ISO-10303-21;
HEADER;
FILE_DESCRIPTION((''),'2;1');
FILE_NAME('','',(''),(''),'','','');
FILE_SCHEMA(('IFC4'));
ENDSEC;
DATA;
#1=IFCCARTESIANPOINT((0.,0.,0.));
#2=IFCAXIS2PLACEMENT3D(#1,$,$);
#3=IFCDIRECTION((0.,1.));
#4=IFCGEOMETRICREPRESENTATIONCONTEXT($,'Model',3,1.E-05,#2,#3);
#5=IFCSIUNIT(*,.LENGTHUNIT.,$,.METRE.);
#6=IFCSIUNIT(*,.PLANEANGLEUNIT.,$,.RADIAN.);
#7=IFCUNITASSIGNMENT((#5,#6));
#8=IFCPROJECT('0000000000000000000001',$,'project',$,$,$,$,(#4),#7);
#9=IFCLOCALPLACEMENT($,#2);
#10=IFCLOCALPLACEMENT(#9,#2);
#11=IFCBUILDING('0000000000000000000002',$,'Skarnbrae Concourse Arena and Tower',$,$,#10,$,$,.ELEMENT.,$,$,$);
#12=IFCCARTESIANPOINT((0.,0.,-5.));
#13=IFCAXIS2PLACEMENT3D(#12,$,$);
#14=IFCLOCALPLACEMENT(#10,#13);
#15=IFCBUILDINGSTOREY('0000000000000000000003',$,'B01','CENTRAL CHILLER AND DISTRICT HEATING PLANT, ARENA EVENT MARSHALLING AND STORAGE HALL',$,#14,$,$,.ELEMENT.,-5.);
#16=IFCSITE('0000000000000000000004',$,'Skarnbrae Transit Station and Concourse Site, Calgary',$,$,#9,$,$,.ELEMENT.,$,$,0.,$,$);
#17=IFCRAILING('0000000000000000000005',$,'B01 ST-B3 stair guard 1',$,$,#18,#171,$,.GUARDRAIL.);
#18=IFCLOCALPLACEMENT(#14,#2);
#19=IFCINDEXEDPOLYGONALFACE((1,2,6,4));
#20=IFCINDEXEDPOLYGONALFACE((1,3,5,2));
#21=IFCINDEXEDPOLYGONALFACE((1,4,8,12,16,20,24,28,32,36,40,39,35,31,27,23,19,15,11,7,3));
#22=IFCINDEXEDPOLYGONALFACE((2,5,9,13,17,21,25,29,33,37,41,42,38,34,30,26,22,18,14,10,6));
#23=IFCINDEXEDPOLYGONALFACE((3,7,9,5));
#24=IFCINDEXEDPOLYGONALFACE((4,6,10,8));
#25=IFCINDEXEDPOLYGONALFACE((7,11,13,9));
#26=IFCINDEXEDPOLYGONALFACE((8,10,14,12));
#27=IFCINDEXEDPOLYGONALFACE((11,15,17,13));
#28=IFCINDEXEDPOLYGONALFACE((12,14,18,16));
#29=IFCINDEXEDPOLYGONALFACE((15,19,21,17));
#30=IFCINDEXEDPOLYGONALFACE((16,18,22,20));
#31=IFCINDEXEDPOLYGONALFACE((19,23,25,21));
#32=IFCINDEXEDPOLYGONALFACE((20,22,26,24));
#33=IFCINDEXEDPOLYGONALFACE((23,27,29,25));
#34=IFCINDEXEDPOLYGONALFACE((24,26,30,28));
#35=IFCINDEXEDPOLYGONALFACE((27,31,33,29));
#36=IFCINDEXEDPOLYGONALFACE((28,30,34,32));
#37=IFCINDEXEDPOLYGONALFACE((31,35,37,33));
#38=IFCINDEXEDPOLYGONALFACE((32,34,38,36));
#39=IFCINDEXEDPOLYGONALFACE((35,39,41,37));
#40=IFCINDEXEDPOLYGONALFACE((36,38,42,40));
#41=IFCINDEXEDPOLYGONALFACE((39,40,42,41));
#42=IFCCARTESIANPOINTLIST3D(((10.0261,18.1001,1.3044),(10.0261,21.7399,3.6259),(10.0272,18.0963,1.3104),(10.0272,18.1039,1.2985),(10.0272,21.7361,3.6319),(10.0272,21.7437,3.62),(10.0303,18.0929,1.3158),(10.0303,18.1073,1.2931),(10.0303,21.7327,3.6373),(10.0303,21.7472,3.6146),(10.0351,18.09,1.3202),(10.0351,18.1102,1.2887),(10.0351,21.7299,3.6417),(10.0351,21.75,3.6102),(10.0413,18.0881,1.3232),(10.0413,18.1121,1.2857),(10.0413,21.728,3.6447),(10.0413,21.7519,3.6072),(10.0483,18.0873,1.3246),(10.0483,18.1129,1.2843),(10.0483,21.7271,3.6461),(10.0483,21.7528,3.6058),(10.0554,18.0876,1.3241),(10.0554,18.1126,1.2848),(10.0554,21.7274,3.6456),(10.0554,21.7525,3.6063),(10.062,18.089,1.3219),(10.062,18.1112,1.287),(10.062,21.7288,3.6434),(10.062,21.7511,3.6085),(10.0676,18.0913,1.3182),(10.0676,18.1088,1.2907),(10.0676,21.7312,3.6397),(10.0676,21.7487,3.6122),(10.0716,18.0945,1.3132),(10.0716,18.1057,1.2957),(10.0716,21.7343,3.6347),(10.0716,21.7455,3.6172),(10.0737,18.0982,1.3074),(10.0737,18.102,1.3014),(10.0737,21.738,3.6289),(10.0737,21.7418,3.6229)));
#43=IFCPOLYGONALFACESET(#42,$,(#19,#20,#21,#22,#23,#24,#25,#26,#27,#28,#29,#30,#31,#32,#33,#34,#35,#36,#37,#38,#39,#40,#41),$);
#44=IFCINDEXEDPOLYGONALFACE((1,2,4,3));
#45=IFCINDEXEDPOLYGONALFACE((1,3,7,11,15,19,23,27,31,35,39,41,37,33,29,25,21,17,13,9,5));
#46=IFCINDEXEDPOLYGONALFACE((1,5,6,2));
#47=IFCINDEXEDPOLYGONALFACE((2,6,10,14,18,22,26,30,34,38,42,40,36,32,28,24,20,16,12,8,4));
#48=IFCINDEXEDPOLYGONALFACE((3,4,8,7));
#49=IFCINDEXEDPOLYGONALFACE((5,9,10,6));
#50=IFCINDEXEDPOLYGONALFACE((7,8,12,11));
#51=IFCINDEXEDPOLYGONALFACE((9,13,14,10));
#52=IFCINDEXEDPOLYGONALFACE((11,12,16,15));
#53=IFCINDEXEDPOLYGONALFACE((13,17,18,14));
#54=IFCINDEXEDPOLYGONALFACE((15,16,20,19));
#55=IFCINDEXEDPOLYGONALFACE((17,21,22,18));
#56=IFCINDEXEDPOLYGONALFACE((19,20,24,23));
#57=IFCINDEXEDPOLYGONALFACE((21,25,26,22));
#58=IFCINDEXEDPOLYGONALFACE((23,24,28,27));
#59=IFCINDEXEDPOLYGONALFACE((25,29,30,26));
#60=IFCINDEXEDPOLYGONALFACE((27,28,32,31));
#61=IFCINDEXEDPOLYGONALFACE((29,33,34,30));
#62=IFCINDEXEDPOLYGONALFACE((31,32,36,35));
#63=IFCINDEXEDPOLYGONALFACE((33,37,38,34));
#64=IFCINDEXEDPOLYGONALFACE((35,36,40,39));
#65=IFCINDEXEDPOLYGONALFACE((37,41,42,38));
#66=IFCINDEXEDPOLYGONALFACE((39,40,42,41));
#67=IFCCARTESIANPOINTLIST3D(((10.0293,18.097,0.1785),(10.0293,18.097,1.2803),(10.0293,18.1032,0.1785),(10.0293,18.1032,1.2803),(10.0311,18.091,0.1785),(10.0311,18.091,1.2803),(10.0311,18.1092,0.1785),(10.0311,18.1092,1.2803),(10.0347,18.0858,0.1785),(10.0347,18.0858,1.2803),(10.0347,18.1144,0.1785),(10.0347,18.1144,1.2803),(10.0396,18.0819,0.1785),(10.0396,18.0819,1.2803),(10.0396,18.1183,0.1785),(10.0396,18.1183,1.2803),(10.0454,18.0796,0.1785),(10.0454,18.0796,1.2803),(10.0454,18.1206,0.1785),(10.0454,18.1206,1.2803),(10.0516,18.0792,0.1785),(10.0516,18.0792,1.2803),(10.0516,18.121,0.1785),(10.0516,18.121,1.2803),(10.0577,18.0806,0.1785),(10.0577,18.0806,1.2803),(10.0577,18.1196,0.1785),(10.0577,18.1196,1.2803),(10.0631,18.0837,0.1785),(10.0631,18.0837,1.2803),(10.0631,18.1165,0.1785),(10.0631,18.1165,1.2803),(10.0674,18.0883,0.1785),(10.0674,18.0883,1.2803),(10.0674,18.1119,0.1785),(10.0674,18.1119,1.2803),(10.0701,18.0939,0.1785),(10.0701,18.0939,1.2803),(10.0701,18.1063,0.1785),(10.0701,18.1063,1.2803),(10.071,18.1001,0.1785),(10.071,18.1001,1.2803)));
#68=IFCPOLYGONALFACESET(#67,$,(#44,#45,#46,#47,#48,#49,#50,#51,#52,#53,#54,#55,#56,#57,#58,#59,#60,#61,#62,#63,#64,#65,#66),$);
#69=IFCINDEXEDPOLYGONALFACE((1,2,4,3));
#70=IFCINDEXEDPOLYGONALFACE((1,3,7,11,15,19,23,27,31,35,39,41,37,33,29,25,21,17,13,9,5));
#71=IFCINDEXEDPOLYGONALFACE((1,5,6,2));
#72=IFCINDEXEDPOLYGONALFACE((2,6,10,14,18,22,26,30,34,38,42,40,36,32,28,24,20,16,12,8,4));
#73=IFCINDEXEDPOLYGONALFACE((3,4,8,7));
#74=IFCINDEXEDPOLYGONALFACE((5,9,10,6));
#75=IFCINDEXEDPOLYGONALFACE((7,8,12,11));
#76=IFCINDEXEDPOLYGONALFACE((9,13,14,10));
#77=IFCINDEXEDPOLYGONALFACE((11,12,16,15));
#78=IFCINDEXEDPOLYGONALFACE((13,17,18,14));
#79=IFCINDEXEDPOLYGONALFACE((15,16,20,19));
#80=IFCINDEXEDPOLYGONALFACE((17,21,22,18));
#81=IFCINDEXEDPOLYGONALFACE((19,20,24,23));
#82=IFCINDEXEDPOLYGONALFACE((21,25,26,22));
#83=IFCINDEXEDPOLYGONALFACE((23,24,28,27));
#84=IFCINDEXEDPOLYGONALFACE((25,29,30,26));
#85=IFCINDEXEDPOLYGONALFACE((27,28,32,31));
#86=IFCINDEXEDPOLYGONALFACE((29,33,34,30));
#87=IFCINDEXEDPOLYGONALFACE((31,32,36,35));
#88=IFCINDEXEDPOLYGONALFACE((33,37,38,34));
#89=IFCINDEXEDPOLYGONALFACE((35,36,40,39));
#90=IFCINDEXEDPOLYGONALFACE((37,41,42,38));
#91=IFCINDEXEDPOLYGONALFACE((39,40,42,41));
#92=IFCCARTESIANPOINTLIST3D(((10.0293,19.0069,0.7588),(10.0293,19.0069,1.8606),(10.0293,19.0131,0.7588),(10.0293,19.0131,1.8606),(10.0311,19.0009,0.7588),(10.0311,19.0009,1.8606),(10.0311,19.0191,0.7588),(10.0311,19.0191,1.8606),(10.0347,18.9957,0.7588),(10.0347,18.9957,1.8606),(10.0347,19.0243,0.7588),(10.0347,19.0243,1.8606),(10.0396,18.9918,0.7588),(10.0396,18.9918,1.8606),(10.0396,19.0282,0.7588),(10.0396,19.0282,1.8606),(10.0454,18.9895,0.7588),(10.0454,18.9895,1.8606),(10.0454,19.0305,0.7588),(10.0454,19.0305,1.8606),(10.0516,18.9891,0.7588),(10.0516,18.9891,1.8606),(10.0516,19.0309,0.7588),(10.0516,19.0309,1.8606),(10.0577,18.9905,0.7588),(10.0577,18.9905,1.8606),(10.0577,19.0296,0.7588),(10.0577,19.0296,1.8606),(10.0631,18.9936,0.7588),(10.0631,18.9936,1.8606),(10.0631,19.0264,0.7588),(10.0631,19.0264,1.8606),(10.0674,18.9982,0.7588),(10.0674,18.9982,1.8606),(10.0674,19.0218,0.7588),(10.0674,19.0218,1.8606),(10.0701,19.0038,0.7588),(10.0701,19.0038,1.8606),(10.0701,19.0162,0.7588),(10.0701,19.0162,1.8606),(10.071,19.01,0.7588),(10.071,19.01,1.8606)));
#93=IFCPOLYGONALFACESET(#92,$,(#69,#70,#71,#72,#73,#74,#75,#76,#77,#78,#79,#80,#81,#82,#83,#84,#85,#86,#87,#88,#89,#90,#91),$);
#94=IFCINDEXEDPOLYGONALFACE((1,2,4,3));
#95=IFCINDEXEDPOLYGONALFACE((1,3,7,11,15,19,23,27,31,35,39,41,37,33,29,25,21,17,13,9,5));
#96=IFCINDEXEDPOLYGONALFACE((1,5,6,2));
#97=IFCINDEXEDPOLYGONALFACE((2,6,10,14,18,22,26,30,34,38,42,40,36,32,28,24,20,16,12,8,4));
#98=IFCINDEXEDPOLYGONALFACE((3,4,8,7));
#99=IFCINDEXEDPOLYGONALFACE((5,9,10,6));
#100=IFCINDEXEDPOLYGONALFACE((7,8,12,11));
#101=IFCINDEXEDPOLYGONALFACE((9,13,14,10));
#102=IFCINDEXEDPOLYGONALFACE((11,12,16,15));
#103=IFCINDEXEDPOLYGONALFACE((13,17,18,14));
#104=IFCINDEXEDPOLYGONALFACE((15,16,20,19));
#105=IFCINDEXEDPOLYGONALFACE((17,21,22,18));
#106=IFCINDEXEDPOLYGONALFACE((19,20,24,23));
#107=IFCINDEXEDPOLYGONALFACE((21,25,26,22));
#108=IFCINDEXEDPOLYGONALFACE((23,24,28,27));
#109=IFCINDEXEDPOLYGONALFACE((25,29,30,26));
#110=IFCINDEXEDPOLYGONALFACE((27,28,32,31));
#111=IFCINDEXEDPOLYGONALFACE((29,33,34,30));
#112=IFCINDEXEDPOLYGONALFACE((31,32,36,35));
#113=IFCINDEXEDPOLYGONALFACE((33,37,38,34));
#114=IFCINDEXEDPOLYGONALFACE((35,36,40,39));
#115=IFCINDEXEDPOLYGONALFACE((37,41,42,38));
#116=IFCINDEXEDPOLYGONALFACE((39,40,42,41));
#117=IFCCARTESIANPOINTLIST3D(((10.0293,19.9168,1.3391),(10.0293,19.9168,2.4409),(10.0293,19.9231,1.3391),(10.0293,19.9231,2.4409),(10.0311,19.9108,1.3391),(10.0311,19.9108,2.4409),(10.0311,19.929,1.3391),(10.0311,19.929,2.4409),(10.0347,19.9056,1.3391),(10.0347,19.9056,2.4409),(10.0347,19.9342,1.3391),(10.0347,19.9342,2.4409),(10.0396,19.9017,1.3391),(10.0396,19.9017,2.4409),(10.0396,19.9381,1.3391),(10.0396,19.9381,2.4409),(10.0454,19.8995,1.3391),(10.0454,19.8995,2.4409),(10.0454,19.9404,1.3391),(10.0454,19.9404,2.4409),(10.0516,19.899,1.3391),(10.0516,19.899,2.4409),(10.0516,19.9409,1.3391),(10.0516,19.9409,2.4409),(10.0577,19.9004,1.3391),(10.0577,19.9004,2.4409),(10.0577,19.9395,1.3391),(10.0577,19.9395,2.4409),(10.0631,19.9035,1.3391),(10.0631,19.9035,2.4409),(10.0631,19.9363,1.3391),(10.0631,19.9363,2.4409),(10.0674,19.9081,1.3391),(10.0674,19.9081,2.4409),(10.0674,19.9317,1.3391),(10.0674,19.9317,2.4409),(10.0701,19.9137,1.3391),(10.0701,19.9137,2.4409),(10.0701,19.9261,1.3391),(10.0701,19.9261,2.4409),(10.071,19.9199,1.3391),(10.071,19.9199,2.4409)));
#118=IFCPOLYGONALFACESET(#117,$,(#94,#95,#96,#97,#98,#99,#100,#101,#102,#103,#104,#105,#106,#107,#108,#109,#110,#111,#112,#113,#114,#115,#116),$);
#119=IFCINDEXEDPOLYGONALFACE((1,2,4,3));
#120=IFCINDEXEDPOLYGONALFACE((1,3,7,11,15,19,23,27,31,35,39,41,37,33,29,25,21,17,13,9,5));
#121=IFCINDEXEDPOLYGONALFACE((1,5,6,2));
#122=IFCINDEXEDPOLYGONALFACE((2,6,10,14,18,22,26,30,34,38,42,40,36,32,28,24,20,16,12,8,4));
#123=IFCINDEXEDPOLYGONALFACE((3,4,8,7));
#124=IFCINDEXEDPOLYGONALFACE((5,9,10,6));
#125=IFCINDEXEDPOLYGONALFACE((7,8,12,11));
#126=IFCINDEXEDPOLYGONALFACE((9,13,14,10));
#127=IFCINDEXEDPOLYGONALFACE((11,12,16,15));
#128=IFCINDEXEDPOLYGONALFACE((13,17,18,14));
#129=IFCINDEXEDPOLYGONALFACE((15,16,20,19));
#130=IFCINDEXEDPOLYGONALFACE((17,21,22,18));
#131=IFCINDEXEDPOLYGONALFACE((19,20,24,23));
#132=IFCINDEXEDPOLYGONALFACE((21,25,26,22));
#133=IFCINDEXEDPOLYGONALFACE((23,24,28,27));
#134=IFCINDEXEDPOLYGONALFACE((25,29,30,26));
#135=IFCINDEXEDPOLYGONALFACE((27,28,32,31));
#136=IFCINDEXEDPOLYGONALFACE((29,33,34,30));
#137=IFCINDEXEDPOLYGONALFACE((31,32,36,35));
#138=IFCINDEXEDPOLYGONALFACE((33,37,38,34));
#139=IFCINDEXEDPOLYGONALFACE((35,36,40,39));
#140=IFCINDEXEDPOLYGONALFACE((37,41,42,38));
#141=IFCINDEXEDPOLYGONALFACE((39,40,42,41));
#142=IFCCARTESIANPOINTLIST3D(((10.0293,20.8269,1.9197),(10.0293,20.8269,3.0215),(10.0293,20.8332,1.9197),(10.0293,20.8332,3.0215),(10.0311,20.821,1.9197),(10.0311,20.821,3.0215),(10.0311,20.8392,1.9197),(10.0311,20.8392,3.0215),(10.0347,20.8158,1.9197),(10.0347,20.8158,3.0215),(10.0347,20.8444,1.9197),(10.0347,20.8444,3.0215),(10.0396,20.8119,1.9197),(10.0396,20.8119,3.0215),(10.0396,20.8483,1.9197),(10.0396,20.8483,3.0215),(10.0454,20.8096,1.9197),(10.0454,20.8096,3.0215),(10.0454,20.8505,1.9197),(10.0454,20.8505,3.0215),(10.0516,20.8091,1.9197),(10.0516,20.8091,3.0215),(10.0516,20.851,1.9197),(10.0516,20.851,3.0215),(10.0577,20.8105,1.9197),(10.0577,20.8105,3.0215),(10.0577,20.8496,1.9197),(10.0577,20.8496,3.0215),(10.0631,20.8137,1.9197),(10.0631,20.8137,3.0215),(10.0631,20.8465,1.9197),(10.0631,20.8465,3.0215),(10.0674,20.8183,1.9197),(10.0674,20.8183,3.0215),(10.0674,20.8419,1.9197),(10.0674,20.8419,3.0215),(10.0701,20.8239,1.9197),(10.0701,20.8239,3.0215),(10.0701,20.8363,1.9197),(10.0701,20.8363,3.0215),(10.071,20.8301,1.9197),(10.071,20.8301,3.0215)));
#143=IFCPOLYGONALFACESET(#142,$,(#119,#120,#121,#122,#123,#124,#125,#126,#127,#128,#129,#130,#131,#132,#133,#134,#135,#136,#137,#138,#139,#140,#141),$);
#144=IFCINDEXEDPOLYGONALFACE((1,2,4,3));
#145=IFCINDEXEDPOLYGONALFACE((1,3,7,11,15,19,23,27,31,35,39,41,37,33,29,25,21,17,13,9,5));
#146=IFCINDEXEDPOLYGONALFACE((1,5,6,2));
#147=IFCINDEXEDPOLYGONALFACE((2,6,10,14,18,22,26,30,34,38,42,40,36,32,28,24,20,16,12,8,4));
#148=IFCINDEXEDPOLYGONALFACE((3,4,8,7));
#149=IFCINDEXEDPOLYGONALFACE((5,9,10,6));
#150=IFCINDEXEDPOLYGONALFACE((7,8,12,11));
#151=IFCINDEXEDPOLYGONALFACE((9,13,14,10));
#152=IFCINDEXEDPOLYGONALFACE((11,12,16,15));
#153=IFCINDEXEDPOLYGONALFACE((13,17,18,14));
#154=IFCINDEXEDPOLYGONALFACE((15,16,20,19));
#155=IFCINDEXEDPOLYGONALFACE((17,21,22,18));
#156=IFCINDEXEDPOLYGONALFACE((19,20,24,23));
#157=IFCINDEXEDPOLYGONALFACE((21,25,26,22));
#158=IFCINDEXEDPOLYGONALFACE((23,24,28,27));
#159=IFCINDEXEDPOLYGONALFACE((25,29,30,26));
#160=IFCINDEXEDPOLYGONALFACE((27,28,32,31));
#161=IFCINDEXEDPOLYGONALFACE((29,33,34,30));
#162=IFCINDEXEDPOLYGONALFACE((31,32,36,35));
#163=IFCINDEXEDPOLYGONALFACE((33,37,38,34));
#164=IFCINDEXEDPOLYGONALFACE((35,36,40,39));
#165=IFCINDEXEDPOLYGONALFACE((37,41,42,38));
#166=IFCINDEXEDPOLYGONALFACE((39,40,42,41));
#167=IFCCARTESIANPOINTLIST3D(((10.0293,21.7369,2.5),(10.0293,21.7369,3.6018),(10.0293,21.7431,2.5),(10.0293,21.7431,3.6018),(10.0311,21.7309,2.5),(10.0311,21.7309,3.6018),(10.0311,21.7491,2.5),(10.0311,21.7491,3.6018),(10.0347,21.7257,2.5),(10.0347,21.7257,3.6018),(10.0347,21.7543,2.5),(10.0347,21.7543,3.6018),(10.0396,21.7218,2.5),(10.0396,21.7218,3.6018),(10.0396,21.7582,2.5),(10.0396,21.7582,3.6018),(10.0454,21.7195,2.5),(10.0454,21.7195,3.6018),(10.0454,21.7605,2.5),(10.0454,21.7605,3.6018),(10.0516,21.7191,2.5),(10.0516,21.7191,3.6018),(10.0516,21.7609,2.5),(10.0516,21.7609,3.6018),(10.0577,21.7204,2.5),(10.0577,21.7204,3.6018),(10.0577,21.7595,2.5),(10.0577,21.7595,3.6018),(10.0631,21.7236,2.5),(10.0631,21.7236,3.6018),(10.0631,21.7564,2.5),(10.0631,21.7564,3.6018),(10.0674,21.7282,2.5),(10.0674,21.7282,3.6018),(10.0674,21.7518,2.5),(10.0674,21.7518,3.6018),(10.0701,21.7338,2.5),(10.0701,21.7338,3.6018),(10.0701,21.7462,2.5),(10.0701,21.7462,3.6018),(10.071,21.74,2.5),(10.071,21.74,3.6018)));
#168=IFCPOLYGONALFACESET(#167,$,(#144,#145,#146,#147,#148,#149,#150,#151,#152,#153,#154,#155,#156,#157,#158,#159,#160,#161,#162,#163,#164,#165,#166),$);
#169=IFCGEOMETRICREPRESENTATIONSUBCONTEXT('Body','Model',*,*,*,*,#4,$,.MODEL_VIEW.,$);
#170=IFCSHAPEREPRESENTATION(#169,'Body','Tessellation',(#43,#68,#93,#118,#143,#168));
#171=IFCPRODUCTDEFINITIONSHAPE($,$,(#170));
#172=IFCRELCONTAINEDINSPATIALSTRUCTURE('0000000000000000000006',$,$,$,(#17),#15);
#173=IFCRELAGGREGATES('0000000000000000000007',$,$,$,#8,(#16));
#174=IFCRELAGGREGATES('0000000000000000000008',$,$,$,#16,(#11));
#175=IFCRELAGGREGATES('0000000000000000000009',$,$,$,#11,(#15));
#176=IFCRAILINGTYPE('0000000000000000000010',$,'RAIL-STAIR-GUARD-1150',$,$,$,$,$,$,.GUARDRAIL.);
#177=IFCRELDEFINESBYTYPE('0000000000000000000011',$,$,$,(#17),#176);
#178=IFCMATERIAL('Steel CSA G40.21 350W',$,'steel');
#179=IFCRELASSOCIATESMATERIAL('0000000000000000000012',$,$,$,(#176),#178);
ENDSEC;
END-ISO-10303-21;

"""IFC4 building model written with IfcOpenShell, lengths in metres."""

from ifc_helpers import new_model, si_unit, direction, frame, origin, origin_2d, place, context, subcontext, project, spatial, circle, extrude, material, type_object, element, save


model = new_model("IFC4")

# Units and contexts
model_context = context("Model", 3, precision=1e-05, world=origin(), true_north=direction((0.0, 1.0)))
body_context = subcontext(model_context, "Body", "Model", "MODEL_VIEW")
ifc_project = project(units=[si_unit("LENGTHUNIT", "METRE"), si_unit("PLANEANGLEUNIT", "RADIAN")], contexts=[model_context])

# Site, building, storey
site_placement = place(None, origin())
site = spatial("IfcSite", under=ifc_project, at=site_placement, Name="Skarnbrae Transit Station and Concourse Site, Calgary", CompositionType="ELEMENT", RefElevation=0.0)
building_placement = place(site_placement, origin())
building = spatial("IfcBuilding", under=site, at=building_placement, Name="Skarnbrae Concourse Arena and Tower", CompositionType="ELEMENT")
storey_placement = place(building_placement, frame((0.0, 0.0, -5.0)))
storey = spatial("IfcBuildingStorey", under=building, at=storey_placement, Name="B01", Description="CENTRAL CHILLER AND DISTRICT HEATING PLANT, ARENA EVENT MARSHALLING AND STORAGE HALL", CompositionType="ELEMENT", Elevation=-5.0)

# Shared definitions
ifc_material_1 = material(Name="Steel CSA G40.21 350W", Category="steel")

# Railing
railing_type_1 = type_object("IfcRailingType", Name="RAIL-STAIR-GUARD-1150", PredefinedType="GUARDRAIL", material=ifc_material_1)
railing_1_placement = place(storey_placement, frame((10.05, 18.1001, 0.1785)))
element("IfcRailing", 1, at=railing_1_placement, inside=storey, type_object=railing_type_1, Name="B01 ST-B3 stair guard 1", PredefinedType="GUARDRAIL", context=body_context, shape_type="SweptSolid", body=[
    extrude(circle(Radius=0.0239, at=origin_2d()), frame((0.0, 0.0, 1.126), z_axis=(0.0, 0.843112, 0.537739), x_axis=(-1.0, 0.0, 0.0)), (0.0, 0.0, 1.0), 4.3171),
    extrude(circle(Radius=0.021, at=origin_2d()), origin(), (0.0, 0.0, 1.0), 1.1018),
    extrude(circle(Radius=0.021, at=origin_2d()), frame((0.0, 0.9099, 0.5803)), (0.0, 0.0, 1.0), 1.1018),
    extrude(circle(Radius=0.021, at=origin_2d()), frame((0.0, 1.8198, 1.1606)), (0.0, 0.0, 1.0), 1.1018),
    extrude(circle(Radius=0.021, at=origin_2d()), frame((0.0, 2.73, 1.7412)), (0.0, 0.0, 1.0), 1.1018),
    extrude(circle(Radius=0.021, at=origin_2d()), frame((0.0, 3.6399, 2.3215)), (0.0, 0.0, 1.0), 1.1018),
])

save(model, "model.ifc")
